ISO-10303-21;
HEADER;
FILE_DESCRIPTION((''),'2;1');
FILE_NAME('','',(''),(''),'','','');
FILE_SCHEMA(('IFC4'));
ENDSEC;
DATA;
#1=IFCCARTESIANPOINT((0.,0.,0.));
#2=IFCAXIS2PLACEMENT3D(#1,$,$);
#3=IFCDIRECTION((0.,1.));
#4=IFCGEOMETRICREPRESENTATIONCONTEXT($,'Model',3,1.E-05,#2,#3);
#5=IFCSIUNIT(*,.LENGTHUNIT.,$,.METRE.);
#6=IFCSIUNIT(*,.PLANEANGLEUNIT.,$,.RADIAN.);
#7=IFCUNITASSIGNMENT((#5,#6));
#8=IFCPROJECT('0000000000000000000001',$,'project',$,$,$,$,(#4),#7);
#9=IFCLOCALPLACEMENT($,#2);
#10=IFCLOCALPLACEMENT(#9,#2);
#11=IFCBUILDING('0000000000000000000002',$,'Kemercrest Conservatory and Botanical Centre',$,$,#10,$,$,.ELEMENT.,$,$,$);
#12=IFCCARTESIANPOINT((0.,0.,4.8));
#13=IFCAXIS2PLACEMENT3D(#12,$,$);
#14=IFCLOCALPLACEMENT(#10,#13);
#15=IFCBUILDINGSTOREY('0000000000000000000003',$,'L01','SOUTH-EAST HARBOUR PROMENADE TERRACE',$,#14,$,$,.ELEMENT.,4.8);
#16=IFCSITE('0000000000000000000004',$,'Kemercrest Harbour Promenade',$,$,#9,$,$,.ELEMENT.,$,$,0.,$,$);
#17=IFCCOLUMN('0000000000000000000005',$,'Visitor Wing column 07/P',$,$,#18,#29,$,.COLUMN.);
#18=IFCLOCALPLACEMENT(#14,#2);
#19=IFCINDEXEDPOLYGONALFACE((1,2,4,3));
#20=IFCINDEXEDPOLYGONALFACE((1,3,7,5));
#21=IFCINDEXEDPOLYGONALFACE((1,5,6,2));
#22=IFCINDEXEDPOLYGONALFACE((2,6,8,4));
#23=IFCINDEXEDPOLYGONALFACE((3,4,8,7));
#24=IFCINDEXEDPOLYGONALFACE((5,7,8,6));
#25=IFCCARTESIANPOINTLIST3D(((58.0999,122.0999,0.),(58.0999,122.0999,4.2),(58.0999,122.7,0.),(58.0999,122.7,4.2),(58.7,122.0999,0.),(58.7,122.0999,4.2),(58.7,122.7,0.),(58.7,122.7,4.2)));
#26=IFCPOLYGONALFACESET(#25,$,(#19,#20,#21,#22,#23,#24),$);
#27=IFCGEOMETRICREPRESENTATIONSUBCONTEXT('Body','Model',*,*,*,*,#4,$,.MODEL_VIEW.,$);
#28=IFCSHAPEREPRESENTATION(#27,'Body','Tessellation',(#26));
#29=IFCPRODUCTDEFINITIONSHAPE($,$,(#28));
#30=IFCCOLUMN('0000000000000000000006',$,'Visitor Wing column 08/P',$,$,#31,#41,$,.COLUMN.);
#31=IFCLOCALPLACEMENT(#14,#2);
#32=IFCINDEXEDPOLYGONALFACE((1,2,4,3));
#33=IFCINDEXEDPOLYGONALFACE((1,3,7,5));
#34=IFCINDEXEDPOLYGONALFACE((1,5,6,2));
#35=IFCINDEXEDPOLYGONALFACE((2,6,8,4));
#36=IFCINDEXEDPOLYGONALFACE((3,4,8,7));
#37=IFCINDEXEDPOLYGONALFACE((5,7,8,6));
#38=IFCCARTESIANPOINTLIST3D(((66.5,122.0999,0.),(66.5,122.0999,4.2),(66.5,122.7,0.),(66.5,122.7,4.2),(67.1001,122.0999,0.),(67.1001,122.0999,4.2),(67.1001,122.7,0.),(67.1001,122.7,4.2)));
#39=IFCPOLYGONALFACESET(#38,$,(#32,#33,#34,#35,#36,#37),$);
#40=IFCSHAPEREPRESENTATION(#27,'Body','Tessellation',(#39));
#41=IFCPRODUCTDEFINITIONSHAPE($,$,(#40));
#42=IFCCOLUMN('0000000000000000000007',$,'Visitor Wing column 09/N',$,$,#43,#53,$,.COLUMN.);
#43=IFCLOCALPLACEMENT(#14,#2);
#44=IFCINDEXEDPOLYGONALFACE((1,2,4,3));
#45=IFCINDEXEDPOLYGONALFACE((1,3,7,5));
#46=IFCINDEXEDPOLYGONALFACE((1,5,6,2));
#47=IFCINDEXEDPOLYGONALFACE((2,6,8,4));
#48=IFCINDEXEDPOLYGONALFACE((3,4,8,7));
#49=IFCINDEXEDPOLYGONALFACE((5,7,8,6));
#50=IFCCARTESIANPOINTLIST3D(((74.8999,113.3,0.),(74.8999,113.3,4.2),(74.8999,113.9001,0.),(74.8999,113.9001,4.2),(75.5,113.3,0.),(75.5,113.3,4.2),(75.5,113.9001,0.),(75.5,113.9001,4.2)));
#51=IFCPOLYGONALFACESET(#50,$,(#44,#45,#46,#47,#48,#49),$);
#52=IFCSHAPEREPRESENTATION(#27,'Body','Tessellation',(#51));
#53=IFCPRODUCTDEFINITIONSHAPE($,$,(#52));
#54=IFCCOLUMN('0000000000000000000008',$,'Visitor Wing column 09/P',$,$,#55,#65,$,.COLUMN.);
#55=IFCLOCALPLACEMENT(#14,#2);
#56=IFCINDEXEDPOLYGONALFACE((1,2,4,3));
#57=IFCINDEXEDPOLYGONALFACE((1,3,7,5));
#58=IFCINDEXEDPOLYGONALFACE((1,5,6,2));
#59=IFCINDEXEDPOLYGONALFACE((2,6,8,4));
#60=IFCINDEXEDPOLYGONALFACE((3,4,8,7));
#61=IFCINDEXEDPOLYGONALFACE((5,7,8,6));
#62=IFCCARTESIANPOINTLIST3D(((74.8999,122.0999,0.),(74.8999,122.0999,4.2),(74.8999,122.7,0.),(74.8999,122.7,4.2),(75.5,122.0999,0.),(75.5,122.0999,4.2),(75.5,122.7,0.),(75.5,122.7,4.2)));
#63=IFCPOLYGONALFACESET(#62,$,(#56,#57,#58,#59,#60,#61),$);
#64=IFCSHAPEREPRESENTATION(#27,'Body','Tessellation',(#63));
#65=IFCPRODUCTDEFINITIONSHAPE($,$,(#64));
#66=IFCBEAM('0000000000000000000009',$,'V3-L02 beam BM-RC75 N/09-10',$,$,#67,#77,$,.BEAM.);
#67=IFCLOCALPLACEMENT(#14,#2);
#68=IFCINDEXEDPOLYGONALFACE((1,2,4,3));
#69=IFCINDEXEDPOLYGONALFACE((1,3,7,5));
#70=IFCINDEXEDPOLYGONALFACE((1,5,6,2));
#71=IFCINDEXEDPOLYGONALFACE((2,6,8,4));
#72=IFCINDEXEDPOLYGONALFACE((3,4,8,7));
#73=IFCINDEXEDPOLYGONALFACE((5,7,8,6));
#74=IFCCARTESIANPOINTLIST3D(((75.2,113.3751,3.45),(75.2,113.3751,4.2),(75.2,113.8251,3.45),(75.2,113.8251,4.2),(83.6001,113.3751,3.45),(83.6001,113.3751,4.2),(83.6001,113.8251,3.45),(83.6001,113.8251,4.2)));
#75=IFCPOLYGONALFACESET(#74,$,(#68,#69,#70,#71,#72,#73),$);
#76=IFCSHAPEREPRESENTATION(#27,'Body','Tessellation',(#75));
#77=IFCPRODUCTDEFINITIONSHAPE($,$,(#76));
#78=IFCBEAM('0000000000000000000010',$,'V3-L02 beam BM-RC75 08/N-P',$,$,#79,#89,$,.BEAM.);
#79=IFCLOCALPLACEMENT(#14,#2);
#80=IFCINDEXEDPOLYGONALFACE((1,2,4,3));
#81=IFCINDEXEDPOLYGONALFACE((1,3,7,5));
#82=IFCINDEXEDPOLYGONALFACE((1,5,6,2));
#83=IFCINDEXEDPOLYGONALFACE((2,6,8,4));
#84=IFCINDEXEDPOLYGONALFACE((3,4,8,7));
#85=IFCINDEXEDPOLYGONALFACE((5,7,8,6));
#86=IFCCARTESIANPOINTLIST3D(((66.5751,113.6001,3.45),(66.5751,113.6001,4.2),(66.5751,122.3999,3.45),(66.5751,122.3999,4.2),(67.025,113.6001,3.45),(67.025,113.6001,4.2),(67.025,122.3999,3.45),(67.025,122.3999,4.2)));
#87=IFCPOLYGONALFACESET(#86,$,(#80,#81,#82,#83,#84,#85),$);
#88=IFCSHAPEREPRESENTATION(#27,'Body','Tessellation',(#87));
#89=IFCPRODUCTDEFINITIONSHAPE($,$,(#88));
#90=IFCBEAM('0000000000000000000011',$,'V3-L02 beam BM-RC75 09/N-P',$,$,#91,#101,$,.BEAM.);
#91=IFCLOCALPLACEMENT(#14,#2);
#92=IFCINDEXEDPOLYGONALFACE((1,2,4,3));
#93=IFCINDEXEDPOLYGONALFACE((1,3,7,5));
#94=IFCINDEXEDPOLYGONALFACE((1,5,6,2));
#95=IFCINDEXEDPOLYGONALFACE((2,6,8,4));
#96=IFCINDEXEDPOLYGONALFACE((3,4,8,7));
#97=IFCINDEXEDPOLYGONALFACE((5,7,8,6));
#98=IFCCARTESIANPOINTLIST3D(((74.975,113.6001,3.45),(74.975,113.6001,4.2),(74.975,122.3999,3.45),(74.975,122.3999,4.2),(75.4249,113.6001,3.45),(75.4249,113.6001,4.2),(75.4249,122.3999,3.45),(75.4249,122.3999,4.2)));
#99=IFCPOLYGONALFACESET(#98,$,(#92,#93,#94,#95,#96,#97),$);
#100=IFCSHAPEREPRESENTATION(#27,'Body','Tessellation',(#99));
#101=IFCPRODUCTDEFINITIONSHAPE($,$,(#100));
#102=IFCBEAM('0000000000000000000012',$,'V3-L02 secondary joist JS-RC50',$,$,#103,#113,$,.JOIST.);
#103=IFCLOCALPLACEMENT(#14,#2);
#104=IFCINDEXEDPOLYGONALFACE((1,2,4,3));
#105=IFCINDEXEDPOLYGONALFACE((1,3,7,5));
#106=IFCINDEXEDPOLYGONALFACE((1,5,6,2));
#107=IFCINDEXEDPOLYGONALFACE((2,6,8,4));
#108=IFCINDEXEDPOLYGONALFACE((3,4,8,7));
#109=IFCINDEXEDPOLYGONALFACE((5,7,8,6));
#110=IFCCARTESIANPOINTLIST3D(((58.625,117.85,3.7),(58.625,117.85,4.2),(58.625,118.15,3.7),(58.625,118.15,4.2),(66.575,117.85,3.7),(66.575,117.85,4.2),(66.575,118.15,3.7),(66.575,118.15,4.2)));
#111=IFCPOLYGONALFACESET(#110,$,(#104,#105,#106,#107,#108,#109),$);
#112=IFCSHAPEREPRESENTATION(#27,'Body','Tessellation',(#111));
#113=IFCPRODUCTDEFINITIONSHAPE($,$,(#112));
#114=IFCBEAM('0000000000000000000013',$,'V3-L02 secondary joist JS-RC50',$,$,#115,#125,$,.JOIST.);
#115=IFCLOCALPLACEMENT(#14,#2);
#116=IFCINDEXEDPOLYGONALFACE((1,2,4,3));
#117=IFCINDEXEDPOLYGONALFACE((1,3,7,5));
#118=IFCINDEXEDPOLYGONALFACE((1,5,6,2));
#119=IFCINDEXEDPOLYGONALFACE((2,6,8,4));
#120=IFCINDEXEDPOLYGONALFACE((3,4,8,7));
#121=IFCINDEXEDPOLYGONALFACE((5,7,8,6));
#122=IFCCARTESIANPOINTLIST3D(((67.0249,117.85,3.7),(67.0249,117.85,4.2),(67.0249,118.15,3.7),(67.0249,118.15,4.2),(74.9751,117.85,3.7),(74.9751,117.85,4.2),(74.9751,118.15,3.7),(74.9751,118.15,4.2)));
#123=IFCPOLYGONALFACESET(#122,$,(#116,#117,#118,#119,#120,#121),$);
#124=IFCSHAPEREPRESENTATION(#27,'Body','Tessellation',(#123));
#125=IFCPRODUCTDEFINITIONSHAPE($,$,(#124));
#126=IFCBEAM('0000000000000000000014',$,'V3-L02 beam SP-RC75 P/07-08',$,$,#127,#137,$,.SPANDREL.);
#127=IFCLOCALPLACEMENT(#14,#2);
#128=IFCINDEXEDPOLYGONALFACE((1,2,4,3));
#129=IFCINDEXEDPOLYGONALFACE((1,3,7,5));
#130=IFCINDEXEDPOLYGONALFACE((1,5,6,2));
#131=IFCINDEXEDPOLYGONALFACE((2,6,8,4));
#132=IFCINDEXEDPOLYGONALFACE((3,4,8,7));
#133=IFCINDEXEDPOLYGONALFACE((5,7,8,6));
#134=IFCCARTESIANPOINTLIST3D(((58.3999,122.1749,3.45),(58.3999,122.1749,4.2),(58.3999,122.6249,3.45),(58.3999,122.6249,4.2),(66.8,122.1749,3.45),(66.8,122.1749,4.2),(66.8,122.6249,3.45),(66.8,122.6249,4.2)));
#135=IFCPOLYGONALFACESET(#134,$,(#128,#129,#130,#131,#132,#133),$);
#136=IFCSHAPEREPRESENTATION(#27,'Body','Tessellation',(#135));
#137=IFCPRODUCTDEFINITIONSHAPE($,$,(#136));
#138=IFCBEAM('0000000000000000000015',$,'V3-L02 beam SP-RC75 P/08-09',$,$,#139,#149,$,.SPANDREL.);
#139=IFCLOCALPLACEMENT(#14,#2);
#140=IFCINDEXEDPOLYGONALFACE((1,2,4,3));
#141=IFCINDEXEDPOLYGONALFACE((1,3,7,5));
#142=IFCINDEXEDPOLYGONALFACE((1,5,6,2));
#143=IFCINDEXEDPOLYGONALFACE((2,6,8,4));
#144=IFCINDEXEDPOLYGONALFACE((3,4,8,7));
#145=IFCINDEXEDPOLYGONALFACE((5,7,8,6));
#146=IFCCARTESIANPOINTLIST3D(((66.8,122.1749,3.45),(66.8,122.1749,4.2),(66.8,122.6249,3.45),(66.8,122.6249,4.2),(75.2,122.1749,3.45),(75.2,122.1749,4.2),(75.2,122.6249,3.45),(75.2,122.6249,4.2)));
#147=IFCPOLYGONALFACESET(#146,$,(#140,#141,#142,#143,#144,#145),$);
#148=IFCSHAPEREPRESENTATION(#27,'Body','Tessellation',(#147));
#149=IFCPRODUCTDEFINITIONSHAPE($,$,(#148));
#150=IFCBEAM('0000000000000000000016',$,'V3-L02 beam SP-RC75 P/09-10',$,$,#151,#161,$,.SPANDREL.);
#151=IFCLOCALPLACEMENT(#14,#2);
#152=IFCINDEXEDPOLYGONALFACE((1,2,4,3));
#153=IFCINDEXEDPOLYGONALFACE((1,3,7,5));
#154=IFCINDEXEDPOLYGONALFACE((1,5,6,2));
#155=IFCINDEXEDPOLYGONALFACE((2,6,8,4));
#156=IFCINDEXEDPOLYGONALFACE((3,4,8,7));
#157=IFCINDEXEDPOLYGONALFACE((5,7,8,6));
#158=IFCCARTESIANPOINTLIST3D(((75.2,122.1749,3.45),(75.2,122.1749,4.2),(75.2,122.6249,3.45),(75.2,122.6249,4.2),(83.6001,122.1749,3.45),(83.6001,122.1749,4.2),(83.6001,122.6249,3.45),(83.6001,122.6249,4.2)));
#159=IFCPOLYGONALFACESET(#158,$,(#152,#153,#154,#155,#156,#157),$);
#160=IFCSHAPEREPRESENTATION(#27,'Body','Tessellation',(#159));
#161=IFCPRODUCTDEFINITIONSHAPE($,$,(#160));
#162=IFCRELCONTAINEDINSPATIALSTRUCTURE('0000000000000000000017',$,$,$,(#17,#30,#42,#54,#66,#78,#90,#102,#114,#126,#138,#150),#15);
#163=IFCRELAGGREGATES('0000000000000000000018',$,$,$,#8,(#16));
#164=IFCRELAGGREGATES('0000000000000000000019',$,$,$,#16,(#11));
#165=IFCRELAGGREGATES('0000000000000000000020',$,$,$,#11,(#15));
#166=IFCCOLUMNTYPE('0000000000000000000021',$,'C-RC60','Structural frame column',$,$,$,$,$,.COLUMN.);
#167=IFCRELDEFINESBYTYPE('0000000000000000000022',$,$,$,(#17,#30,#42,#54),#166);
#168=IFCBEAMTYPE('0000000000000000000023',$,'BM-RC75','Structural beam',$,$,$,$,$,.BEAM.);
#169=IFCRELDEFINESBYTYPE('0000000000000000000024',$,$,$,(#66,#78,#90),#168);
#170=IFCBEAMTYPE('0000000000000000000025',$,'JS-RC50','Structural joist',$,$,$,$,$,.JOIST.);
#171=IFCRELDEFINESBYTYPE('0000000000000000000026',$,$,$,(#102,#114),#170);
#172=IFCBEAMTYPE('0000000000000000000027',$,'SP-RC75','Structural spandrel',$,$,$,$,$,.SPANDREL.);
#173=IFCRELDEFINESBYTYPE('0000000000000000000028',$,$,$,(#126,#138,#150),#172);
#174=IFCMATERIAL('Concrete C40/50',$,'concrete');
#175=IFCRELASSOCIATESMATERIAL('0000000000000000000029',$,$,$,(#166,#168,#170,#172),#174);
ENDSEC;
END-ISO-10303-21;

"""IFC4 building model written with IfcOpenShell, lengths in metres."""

from ifc_helpers import new_model, si_unit, direction, frame, origin, origin_2d, place, context, subcontext, project, spatial, rectangle, extrude, material, material_profile, profile_set, type_object, element, save


model = new_model("IFC4")

# Units and contexts
model_context = context("Model", 3, precision=1e-05, world=origin(), true_north=direction((0.0, 1.0)))
body_context = subcontext(model_context, "Body", "Model", "MODEL_VIEW")
ifc_project = project(units=[si_unit("LENGTHUNIT", "METRE"), si_unit("PLANEANGLEUNIT", "RADIAN")], contexts=[model_context])

# Site, building, storey
site_placement = place(None, origin())
site = spatial("IfcSite", under=ifc_project, at=site_placement, Name="Kemercrest Harbour Promenade", CompositionType="ELEMENT", RefElevation=0.0)
building_placement = place(site_placement, origin())
building = spatial("IfcBuilding", under=site, at=building_placement, Name="Kemercrest Conservatory and Botanical Centre", CompositionType="ELEMENT")
storey_placement = place(building_placement, frame((0.0, 0.0, 4.8)))
storey = spatial("IfcBuildingStorey", under=building, at=storey_placement, Name="L01", Description="SOUTH-EAST HARBOUR PROMENADE TERRACE", CompositionType="ELEMENT", Elevation=4.8)

# Columns
ifc_material_1 = material(Name="Concrete C40/50", Category="concrete")
ifc_material_profile_1 = material_profile(ifc_material_1, rectangle(XDim=0.6001, YDim=0.6001, at=origin_2d()), Name="RC 600x600")
ifc_profile_set_1 = profile_set([ifc_material_profile_1], Name="Concrete C40/50")
column_type = type_object("IfcColumnType", Name="C-RC60", Description="Structural frame column", PredefinedType="COLUMN", material=ifc_profile_set_1)
for number, where, z_axis, x_axis, name in (
    (1, (58.3999, 122.3999, 0.0), (0.0, 0.0, 1.0), (1.0, 0.0, 0.0), "Visitor Wing column 07/P"),
    (2, (66.8, 122.3999, 0.0), (0.0, 0.0, 1.0), (1.0, 0.0, 0.0), "Visitor Wing column 08/P"),
    (3, (75.2, 113.6001, 0.0), (0.0, 0.0, 1.0), (1.0, 0.0, 0.0), "Visitor Wing column 09/N"),
    (4, (75.2, 122.3999, 0.0), (0.0, 0.0, 1.0), (1.0, 0.0, 0.0), "Visitor Wing column 09/P"),
):
    element("IfcColumn", number, at=place(storey_placement, frame(where, z_axis=z_axis, x_axis=x_axis)), inside=storey, type_object=column_type, Name=name, PredefinedType="COLUMN", context=body_context, shape_type="SweptSolid", body=[
        extrude(rectangle(XDim=0.6001, YDim=0.6001, at=origin_2d()), origin(), (0.0, 0.0, 1.0), 4.2),
    ])

# Beams
ifc_material_profile_2 = material_profile(ifc_material_1, rectangle(XDim=0.45, YDim=0.75, at=origin_2d()), Name="RC 450x750")
ifc_profile_set_2 = profile_set([ifc_material_profile_2], Name="Concrete C40/50")
beam_type_1 = type_object("IfcBeamType", Name="BM-RC75", Description="Structural beam", PredefinedType="BEAM", material=ifc_profile_set_2)
beam_1_placement = place(storey_placement, frame((75.2, 113.6001, 3.825), z_axis=(1.0, 0.0, 0.0), x_axis=(0.0, 1.0, 0.0)))
element("IfcBeam", 5, at=beam_1_placement, inside=storey, type_object=beam_type_1, Name="V3-L02 beam BM-RC75 N/09-10", PredefinedType="BEAM", context=body_context, shape_type="SweptSolid", body=[
    extrude(rectangle(XDim=0.45, YDim=0.75, at=origin_2d()), origin(), (0.0, 0.0, 1.0), 8.4001),
])
for number, where, z_axis, x_axis, name in (
    (6, (66.8, 113.6001, 3.825), (0.0, 1.0, 0.0), (-1.0, 0.0, 0.0), "V3-L02 beam BM-RC75 08/N-P"),
    (7, (75.2, 113.6001, 3.825), (0.0, 1.0, 0.0), (-1.0, 0.0, 0.0), "V3-L02 beam BM-RC75 09/N-P"),
):
    element("IfcBeam", number, at=place(storey_placement, frame(where, z_axis=z_axis, x_axis=x_axis)), inside=storey, type_object=beam_type_1, Name=name, PredefinedType="BEAM", context=body_context, shape_type="SweptSolid", body=[
        extrude(rectangle(XDim=0.45, YDim=0.75, at=origin_2d()), origin(), (0.0, 0.0, 1.0), 8.7998),
    ])
ifc_material_profile_3 = material_profile(ifc_material_1, rectangle(XDim=0.3, YDim=0.5, at=origin_2d()), Name="RC 300x500")
ifc_profile_set_3 = profile_set([ifc_material_profile_3], Name="Concrete C40/50")
beam_type_2 = type_object("IfcBeamType", Name="JS-RC50", Description="Structural joist", PredefinedType="JOIST", material=ifc_profile_set_3)
beam_2_placement = place(storey_placement, frame((58.625, 118.0, 3.95), z_axis=(1.0, 0.0, 0.0), x_axis=(0.0, 1.0, 0.0)))
element("IfcBeam", 8, at=beam_2_placement, inside=storey, type_object=beam_type_2, Name="V3-L02 secondary joist JS-RC50", PredefinedType="JOIST", context=body_context, shape_type="SweptSolid", body=[
    extrude(rectangle(XDim=0.3, YDim=0.5, at=origin_2d()), origin(), (0.0, 0.0, 1.0), 7.95),
])
beam_3_placement = place(storey_placement, frame((67.0249, 118.0, 3.95), z_axis=(1.0, 0.0, 0.0), x_axis=(0.0, 1.0, 0.0)))
element("IfcBeam", 9, at=beam_3_placement, inside=storey, type_object=beam_type_2, Name="V3-L02 secondary joist JS-RC50", PredefinedType="JOIST", context=body_context, shape_type="SweptSolid", body=[
    extrude(rectangle(XDim=0.3, YDim=0.5, at=origin_2d()), origin(), (0.0, 0.0, 1.0), 7.9502),
])
ifc_material_profile_4 = material_profile(ifc_material_1, rectangle(XDim=0.45, YDim=0.75, at=origin_2d()), Name="RC 450x750")
ifc_profile_set_4 = profile_set([ifc_material_profile_4], Name="Concrete C40/50")
beam_type_3 = type_object("IfcBeamType", Name="SP-RC75", Description="Structural spandrel", PredefinedType="SPANDREL", material=ifc_profile_set_4)
beam_4_placement = place(storey_placement, frame((58.3999, 122.3999, 3.825), z_axis=(1.0, 0.0, 0.0), x_axis=(0.0, 1.0, 0.0)))
element("IfcBeam", 10, at=beam_4_placement, inside=storey, type_object=beam_type_3, Name="V3-L02 beam SP-RC75 P/07-08", PredefinedType="SPANDREL", context=body_context, shape_type="SweptSolid", body=[
    extrude(rectangle(XDim=0.45, YDim=0.75, at=origin_2d()), origin(), (0.0, 0.0, 1.0), 8.4001),
])
beam_5_placement = place(storey_placement, frame((66.8, 122.3999, 3.825), z_axis=(1.0, 0.0, 0.0), x_axis=(0.0, 1.0, 0.0)))
element("IfcBeam", 11, at=beam_5_placement, inside=storey, type_object=beam_type_3, Name="V3-L02 beam SP-RC75 P/08-09", PredefinedType="SPANDREL", context=body_context, shape_type="SweptSolid", body=[
    extrude(rectangle(XDim=0.45, YDim=0.75, at=origin_2d()), origin(), (0.0, 0.0, 1.0), 8.3999),
])
beam_6_placement = place(storey_placement, frame((75.2, 122.3999, 3.825), z_axis=(1.0, 0.0, 0.0), x_axis=(0.0, 1.0, 0.0)))
element("IfcBeam", 12, at=beam_6_placement, inside=storey, type_object=beam_type_3, Name="V3-L02 beam SP-RC75 P/09-10", PredefinedType="SPANDREL", context=body_context, shape_type="SweptSolid", body=[
    extrude(rectangle(XDim=0.45, YDim=0.75, at=origin_2d()), origin(), (0.0, 0.0, 1.0), 8.4001),
])

save(model, "model.ifc")
